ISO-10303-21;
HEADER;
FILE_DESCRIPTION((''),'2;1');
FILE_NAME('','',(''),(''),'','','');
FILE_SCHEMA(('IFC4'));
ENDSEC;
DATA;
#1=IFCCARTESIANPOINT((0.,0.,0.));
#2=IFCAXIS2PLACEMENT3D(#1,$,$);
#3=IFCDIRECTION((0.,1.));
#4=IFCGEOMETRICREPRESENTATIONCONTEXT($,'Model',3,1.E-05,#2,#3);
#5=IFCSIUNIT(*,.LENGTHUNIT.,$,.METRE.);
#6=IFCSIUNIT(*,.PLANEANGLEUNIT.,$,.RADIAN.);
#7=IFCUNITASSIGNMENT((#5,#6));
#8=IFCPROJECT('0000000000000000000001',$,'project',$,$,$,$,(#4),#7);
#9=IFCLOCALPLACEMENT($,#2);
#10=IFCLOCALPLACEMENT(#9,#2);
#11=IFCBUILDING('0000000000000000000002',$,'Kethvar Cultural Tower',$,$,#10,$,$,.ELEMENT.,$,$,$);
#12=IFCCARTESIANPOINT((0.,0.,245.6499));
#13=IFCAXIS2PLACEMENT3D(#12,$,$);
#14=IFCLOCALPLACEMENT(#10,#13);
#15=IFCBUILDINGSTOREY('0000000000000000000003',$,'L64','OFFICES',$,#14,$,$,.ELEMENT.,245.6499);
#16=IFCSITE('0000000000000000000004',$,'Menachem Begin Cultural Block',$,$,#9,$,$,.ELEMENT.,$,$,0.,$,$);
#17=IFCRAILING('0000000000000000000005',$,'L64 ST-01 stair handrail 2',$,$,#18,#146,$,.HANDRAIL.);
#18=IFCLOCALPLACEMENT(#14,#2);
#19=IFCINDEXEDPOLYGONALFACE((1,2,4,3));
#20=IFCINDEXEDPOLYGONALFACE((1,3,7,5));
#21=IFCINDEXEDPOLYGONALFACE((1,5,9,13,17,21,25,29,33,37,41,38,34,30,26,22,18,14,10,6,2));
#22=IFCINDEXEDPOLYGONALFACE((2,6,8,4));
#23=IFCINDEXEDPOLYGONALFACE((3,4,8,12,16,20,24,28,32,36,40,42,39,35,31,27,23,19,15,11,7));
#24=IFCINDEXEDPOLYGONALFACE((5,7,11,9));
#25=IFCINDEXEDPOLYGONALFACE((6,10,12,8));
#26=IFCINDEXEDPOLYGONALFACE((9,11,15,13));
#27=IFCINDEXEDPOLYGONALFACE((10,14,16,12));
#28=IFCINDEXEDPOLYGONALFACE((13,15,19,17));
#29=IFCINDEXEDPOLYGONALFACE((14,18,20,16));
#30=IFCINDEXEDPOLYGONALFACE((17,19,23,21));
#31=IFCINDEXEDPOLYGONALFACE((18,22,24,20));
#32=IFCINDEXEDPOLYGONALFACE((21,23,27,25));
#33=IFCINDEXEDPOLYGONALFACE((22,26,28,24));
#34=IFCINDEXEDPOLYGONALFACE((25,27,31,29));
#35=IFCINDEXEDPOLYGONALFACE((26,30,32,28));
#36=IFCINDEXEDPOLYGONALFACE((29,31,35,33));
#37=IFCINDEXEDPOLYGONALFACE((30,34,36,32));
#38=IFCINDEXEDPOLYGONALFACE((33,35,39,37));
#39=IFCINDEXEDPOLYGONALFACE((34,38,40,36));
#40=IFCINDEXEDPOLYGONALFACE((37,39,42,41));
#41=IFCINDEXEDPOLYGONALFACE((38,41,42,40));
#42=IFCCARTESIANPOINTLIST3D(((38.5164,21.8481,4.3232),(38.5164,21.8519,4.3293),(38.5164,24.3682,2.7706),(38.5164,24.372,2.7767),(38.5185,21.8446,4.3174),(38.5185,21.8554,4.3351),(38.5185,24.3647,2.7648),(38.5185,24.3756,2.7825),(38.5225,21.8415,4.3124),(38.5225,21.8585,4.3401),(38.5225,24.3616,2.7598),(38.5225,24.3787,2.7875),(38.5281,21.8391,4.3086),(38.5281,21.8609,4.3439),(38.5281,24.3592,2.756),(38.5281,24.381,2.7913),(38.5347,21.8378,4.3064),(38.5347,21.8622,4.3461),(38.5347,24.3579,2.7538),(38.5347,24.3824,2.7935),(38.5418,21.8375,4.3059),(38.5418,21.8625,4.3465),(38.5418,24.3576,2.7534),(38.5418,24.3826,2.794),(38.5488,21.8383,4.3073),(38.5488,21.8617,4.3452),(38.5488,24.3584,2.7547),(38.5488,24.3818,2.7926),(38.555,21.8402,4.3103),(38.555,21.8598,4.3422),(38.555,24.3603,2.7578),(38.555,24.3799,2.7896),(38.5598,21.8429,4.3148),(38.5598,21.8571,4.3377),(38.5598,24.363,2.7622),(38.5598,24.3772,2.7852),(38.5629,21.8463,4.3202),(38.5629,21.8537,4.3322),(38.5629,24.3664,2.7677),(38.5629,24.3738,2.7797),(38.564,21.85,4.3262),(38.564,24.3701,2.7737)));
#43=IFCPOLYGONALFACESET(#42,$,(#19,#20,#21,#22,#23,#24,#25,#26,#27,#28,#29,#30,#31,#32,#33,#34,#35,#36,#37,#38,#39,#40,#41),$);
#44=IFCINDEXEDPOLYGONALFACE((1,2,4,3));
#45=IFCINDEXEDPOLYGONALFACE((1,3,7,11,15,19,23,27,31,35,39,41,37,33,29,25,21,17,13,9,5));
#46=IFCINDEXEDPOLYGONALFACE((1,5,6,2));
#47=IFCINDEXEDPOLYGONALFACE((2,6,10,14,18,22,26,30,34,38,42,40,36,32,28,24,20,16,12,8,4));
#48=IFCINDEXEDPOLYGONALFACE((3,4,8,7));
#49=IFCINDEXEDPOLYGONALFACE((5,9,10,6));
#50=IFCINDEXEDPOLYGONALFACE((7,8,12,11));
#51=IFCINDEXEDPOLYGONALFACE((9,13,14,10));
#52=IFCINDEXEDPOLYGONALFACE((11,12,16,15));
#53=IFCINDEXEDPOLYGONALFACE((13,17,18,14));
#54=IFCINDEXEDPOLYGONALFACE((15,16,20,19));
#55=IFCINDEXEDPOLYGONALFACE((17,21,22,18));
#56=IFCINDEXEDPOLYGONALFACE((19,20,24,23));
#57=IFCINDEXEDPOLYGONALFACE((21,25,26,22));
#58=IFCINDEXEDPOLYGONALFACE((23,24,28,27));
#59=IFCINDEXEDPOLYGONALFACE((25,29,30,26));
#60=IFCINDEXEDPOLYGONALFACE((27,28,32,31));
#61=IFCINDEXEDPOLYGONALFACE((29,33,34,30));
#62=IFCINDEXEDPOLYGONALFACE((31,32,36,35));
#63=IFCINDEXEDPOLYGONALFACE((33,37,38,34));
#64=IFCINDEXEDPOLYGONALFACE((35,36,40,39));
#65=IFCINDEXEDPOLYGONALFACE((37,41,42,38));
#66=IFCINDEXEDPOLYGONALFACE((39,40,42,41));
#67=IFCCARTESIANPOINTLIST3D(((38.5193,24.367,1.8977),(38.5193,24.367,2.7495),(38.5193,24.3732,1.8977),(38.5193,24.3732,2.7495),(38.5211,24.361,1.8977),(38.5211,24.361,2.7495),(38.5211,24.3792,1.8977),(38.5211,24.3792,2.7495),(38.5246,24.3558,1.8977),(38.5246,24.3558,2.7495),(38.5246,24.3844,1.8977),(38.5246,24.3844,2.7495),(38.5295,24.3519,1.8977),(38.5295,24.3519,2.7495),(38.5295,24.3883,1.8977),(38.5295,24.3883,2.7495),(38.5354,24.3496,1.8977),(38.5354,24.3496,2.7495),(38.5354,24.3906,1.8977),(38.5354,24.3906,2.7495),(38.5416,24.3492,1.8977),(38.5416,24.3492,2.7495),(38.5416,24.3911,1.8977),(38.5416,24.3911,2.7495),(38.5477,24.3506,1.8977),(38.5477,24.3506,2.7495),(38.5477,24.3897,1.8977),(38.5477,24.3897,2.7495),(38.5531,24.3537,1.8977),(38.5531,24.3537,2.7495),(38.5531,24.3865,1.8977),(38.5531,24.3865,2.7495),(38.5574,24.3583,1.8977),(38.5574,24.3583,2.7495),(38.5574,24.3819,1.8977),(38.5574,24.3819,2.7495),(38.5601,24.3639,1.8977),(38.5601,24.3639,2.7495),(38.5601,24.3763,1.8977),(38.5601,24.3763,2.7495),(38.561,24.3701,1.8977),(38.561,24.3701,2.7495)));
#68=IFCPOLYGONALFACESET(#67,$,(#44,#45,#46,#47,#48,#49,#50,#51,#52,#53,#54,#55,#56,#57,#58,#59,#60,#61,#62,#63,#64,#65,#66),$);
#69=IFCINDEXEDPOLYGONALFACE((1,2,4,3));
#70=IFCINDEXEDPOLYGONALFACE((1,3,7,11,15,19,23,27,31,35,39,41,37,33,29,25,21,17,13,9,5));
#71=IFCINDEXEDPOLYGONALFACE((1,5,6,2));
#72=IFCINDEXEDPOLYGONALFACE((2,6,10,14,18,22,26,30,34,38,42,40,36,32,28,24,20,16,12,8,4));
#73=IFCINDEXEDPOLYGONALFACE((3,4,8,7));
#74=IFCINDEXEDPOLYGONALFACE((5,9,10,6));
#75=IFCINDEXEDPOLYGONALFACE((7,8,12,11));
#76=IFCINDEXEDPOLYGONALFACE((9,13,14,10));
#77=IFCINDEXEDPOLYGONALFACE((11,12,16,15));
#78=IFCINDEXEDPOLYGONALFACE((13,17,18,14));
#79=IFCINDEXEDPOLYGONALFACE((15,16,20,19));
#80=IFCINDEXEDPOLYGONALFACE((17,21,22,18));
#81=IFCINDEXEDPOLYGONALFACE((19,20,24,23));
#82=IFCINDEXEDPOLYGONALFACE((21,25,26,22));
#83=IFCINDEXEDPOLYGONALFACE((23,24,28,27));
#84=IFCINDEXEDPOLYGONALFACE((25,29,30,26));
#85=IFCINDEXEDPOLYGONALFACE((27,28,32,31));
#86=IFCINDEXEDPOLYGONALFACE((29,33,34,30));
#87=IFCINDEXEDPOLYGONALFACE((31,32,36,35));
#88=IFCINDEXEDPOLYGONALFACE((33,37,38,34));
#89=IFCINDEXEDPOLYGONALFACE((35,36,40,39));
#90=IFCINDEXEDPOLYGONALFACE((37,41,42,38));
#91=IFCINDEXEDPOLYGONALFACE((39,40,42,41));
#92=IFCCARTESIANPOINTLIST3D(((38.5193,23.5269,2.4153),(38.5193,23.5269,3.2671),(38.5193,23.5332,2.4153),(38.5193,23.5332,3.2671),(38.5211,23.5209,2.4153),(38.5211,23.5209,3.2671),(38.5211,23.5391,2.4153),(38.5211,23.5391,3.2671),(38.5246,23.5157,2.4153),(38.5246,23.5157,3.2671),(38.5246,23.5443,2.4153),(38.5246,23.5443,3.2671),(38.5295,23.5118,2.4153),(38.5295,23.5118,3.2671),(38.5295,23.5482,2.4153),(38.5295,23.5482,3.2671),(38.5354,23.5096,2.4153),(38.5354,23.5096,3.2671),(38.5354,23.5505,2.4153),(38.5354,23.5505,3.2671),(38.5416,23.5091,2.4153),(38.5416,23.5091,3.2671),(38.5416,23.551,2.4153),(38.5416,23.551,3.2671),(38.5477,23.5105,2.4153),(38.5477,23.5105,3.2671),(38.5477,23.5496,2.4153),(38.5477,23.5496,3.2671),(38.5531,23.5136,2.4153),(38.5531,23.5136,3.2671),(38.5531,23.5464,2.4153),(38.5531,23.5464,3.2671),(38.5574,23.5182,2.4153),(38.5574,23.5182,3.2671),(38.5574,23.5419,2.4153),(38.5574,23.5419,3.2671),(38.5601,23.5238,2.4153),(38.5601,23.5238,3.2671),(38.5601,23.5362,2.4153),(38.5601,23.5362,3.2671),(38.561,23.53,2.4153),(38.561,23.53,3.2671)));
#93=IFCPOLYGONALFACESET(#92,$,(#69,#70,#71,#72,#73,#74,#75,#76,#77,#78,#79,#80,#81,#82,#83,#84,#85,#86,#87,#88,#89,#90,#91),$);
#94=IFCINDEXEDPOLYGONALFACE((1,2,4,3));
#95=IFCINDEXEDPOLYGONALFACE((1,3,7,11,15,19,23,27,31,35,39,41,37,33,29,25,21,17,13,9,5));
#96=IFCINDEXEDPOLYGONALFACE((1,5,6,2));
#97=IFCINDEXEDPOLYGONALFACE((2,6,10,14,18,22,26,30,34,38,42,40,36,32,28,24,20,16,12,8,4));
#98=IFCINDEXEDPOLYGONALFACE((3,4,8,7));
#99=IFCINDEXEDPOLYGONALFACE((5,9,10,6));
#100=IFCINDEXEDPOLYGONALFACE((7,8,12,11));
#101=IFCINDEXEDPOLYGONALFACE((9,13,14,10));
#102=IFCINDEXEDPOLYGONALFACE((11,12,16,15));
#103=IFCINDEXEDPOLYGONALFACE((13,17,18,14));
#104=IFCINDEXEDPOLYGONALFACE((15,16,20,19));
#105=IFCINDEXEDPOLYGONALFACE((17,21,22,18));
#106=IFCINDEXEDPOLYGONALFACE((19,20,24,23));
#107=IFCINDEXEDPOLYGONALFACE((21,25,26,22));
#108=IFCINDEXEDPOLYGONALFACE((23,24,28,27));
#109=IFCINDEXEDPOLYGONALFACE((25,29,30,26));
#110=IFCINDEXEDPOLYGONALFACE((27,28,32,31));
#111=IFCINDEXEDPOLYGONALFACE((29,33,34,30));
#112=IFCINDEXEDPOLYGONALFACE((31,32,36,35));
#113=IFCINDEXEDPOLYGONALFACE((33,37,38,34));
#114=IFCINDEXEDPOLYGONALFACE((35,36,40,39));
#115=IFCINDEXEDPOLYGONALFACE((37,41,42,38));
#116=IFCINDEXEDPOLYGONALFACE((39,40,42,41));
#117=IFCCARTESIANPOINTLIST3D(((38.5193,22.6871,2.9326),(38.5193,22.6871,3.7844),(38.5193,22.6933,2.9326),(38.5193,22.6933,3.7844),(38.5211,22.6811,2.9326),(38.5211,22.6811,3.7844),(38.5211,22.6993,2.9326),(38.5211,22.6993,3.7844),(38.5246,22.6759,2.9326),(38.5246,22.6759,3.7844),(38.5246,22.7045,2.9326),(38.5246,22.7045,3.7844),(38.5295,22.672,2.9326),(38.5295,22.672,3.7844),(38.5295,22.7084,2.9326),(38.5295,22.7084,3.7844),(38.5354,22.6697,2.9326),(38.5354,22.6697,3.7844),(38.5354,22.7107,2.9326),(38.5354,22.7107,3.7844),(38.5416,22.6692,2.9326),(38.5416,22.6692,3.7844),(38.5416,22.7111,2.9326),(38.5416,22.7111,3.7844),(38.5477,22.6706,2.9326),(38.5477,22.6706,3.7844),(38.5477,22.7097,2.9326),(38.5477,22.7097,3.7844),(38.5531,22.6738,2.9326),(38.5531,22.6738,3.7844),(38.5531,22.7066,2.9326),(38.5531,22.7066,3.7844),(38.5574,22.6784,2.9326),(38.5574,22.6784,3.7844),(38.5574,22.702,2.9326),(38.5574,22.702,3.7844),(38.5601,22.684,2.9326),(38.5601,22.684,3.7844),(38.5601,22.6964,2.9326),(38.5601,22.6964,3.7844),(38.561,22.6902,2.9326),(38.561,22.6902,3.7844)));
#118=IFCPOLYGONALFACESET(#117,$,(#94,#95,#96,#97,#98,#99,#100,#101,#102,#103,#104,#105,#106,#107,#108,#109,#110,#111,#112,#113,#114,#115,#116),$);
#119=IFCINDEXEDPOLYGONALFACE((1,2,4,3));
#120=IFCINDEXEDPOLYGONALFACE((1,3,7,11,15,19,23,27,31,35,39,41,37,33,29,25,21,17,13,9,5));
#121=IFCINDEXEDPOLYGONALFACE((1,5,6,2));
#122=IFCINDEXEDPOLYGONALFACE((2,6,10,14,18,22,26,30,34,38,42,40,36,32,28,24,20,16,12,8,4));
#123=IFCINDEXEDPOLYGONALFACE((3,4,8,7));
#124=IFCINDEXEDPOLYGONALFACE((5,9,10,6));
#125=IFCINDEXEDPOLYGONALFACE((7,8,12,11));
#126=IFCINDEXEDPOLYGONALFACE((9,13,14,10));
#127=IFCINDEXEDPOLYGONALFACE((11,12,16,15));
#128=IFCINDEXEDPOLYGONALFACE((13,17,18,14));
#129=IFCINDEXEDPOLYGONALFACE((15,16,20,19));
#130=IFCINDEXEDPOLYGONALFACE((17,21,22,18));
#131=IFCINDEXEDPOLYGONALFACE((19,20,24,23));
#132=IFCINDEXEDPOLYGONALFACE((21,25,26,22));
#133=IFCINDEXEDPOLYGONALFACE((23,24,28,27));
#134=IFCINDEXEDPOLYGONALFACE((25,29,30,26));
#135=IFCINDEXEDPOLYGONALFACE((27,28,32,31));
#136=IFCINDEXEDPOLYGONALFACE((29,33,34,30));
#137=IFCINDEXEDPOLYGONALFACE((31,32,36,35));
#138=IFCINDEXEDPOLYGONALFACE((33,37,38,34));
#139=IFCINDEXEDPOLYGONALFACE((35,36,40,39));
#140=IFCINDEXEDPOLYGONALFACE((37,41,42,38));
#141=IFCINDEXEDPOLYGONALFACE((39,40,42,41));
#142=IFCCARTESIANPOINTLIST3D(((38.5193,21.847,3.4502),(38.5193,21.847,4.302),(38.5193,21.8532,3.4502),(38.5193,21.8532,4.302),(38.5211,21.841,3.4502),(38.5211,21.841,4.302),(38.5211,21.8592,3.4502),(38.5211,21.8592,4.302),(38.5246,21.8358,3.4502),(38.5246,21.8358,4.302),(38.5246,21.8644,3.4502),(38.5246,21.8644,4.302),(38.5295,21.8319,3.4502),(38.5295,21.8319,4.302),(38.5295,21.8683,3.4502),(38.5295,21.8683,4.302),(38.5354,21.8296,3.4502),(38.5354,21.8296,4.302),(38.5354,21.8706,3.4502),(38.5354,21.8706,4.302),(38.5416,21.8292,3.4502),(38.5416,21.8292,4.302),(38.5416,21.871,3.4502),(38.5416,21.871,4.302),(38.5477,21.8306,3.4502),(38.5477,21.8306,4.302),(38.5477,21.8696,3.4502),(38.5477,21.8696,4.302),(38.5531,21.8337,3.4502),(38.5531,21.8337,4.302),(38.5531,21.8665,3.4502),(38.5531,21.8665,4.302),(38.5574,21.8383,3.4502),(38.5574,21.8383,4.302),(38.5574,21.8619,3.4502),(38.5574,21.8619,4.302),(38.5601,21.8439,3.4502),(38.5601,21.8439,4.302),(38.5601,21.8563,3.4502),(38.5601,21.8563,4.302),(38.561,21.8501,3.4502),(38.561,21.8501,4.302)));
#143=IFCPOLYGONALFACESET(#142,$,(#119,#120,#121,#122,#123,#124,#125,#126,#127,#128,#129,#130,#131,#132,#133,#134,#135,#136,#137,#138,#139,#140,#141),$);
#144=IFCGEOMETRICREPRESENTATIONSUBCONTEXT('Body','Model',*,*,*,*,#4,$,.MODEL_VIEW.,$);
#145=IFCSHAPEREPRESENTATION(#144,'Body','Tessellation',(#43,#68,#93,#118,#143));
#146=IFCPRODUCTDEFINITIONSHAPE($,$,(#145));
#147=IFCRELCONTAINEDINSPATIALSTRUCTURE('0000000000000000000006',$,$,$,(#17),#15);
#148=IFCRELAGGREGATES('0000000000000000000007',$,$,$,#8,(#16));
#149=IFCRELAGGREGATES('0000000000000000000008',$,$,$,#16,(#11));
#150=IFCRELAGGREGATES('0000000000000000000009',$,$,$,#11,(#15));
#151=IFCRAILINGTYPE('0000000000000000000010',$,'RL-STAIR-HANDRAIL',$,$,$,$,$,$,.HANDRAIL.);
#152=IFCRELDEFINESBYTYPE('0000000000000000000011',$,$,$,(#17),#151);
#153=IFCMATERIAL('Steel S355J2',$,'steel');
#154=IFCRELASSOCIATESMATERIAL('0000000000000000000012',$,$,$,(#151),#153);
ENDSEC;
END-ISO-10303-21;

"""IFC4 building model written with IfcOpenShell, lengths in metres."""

from ifc_helpers import new_model, si_unit, direction, frame, origin, origin_2d, place, context, subcontext, project, spatial, circle, extrude, material, type_object, element, save


model = new_model("IFC4")

# Units and contexts
model_context = context("Model", 3, precision=1e-05, world=origin(), true_north=direction((0.0, 1.0)))
body_context = subcontext(model_context, "Body", "Model", "MODEL_VIEW")
ifc_project = project(units=[si_unit("LENGTHUNIT", "METRE"), si_unit("PLANEANGLEUNIT", "RADIAN")], contexts=[model_context])

# Site, building, storey
site_placement = place(None, origin())
site = spatial("IfcSite", under=ifc_project, at=site_placement, Name="Menachem Begin Cultural Block", CompositionType="ELEMENT", RefElevation=0.0)
building_placement = place(site_placement, origin())
building = spatial("IfcBuilding", under=site, at=building_placement, Name="Kethvar Cultural Tower", CompositionType="ELEMENT")
storey_placement = place(building_placement, frame((0.0, 0.0, 245.6499)))
storey = spatial("IfcBuildingStorey", under=building, at=storey_placement, Name="L64", Description="OFFICES", CompositionType="ELEMENT", Elevation=245.6499)

# Shared definitions
ifc_material_1 = material(Name="Steel S355J2", Category="steel")

# Railing
railing_type_1 = type_object("IfcRailingType", Name="RL-STAIR-HANDRAIL", PredefinedType="HANDRAIL", material=ifc_material_1)
railing_1_placement = place(storey_placement, frame((38.54, 24.3701, 1.8977)))
element("IfcRailing", 1, at=railing_1_placement, inside=storey, type_object=railing_type_1, Name="L64 ST-01 stair handrail 2", PredefinedType="HANDRAIL", context=body_context, shape_type="SweptSolid", body=[
    extrude(circle(Radius=0.0239, at=origin_2d()), frame((0.0, 0.0, 0.876), z_axis=(0.0, -0.8514, 0.524516), x_axis=(1.0, 0.0, 0.0)), (0.0, 0.0, 1.0), 2.96),
    extrude(circle(Radius=0.021, at=origin_2d()), origin(), (0.0, 0.0, 1.0), 0.8518),
    extrude(circle(Radius=0.021, at=origin_2d()), frame((0.0, -0.8401, 0.5176)), (0.0, 0.0, 1.0), 0.8518),
    extrude(circle(Radius=0.021, at=origin_2d()), frame((0.0, -1.6799, 1.0349)), (0.0, 0.0, 1.0), 0.8518),
    extrude(circle(Radius=0.021, at=origin_2d()), frame((0.0, -2.52, 1.5525)), (0.0, 0.0, 1.0), 0.8518),
])

save(model, "model.ifc")
